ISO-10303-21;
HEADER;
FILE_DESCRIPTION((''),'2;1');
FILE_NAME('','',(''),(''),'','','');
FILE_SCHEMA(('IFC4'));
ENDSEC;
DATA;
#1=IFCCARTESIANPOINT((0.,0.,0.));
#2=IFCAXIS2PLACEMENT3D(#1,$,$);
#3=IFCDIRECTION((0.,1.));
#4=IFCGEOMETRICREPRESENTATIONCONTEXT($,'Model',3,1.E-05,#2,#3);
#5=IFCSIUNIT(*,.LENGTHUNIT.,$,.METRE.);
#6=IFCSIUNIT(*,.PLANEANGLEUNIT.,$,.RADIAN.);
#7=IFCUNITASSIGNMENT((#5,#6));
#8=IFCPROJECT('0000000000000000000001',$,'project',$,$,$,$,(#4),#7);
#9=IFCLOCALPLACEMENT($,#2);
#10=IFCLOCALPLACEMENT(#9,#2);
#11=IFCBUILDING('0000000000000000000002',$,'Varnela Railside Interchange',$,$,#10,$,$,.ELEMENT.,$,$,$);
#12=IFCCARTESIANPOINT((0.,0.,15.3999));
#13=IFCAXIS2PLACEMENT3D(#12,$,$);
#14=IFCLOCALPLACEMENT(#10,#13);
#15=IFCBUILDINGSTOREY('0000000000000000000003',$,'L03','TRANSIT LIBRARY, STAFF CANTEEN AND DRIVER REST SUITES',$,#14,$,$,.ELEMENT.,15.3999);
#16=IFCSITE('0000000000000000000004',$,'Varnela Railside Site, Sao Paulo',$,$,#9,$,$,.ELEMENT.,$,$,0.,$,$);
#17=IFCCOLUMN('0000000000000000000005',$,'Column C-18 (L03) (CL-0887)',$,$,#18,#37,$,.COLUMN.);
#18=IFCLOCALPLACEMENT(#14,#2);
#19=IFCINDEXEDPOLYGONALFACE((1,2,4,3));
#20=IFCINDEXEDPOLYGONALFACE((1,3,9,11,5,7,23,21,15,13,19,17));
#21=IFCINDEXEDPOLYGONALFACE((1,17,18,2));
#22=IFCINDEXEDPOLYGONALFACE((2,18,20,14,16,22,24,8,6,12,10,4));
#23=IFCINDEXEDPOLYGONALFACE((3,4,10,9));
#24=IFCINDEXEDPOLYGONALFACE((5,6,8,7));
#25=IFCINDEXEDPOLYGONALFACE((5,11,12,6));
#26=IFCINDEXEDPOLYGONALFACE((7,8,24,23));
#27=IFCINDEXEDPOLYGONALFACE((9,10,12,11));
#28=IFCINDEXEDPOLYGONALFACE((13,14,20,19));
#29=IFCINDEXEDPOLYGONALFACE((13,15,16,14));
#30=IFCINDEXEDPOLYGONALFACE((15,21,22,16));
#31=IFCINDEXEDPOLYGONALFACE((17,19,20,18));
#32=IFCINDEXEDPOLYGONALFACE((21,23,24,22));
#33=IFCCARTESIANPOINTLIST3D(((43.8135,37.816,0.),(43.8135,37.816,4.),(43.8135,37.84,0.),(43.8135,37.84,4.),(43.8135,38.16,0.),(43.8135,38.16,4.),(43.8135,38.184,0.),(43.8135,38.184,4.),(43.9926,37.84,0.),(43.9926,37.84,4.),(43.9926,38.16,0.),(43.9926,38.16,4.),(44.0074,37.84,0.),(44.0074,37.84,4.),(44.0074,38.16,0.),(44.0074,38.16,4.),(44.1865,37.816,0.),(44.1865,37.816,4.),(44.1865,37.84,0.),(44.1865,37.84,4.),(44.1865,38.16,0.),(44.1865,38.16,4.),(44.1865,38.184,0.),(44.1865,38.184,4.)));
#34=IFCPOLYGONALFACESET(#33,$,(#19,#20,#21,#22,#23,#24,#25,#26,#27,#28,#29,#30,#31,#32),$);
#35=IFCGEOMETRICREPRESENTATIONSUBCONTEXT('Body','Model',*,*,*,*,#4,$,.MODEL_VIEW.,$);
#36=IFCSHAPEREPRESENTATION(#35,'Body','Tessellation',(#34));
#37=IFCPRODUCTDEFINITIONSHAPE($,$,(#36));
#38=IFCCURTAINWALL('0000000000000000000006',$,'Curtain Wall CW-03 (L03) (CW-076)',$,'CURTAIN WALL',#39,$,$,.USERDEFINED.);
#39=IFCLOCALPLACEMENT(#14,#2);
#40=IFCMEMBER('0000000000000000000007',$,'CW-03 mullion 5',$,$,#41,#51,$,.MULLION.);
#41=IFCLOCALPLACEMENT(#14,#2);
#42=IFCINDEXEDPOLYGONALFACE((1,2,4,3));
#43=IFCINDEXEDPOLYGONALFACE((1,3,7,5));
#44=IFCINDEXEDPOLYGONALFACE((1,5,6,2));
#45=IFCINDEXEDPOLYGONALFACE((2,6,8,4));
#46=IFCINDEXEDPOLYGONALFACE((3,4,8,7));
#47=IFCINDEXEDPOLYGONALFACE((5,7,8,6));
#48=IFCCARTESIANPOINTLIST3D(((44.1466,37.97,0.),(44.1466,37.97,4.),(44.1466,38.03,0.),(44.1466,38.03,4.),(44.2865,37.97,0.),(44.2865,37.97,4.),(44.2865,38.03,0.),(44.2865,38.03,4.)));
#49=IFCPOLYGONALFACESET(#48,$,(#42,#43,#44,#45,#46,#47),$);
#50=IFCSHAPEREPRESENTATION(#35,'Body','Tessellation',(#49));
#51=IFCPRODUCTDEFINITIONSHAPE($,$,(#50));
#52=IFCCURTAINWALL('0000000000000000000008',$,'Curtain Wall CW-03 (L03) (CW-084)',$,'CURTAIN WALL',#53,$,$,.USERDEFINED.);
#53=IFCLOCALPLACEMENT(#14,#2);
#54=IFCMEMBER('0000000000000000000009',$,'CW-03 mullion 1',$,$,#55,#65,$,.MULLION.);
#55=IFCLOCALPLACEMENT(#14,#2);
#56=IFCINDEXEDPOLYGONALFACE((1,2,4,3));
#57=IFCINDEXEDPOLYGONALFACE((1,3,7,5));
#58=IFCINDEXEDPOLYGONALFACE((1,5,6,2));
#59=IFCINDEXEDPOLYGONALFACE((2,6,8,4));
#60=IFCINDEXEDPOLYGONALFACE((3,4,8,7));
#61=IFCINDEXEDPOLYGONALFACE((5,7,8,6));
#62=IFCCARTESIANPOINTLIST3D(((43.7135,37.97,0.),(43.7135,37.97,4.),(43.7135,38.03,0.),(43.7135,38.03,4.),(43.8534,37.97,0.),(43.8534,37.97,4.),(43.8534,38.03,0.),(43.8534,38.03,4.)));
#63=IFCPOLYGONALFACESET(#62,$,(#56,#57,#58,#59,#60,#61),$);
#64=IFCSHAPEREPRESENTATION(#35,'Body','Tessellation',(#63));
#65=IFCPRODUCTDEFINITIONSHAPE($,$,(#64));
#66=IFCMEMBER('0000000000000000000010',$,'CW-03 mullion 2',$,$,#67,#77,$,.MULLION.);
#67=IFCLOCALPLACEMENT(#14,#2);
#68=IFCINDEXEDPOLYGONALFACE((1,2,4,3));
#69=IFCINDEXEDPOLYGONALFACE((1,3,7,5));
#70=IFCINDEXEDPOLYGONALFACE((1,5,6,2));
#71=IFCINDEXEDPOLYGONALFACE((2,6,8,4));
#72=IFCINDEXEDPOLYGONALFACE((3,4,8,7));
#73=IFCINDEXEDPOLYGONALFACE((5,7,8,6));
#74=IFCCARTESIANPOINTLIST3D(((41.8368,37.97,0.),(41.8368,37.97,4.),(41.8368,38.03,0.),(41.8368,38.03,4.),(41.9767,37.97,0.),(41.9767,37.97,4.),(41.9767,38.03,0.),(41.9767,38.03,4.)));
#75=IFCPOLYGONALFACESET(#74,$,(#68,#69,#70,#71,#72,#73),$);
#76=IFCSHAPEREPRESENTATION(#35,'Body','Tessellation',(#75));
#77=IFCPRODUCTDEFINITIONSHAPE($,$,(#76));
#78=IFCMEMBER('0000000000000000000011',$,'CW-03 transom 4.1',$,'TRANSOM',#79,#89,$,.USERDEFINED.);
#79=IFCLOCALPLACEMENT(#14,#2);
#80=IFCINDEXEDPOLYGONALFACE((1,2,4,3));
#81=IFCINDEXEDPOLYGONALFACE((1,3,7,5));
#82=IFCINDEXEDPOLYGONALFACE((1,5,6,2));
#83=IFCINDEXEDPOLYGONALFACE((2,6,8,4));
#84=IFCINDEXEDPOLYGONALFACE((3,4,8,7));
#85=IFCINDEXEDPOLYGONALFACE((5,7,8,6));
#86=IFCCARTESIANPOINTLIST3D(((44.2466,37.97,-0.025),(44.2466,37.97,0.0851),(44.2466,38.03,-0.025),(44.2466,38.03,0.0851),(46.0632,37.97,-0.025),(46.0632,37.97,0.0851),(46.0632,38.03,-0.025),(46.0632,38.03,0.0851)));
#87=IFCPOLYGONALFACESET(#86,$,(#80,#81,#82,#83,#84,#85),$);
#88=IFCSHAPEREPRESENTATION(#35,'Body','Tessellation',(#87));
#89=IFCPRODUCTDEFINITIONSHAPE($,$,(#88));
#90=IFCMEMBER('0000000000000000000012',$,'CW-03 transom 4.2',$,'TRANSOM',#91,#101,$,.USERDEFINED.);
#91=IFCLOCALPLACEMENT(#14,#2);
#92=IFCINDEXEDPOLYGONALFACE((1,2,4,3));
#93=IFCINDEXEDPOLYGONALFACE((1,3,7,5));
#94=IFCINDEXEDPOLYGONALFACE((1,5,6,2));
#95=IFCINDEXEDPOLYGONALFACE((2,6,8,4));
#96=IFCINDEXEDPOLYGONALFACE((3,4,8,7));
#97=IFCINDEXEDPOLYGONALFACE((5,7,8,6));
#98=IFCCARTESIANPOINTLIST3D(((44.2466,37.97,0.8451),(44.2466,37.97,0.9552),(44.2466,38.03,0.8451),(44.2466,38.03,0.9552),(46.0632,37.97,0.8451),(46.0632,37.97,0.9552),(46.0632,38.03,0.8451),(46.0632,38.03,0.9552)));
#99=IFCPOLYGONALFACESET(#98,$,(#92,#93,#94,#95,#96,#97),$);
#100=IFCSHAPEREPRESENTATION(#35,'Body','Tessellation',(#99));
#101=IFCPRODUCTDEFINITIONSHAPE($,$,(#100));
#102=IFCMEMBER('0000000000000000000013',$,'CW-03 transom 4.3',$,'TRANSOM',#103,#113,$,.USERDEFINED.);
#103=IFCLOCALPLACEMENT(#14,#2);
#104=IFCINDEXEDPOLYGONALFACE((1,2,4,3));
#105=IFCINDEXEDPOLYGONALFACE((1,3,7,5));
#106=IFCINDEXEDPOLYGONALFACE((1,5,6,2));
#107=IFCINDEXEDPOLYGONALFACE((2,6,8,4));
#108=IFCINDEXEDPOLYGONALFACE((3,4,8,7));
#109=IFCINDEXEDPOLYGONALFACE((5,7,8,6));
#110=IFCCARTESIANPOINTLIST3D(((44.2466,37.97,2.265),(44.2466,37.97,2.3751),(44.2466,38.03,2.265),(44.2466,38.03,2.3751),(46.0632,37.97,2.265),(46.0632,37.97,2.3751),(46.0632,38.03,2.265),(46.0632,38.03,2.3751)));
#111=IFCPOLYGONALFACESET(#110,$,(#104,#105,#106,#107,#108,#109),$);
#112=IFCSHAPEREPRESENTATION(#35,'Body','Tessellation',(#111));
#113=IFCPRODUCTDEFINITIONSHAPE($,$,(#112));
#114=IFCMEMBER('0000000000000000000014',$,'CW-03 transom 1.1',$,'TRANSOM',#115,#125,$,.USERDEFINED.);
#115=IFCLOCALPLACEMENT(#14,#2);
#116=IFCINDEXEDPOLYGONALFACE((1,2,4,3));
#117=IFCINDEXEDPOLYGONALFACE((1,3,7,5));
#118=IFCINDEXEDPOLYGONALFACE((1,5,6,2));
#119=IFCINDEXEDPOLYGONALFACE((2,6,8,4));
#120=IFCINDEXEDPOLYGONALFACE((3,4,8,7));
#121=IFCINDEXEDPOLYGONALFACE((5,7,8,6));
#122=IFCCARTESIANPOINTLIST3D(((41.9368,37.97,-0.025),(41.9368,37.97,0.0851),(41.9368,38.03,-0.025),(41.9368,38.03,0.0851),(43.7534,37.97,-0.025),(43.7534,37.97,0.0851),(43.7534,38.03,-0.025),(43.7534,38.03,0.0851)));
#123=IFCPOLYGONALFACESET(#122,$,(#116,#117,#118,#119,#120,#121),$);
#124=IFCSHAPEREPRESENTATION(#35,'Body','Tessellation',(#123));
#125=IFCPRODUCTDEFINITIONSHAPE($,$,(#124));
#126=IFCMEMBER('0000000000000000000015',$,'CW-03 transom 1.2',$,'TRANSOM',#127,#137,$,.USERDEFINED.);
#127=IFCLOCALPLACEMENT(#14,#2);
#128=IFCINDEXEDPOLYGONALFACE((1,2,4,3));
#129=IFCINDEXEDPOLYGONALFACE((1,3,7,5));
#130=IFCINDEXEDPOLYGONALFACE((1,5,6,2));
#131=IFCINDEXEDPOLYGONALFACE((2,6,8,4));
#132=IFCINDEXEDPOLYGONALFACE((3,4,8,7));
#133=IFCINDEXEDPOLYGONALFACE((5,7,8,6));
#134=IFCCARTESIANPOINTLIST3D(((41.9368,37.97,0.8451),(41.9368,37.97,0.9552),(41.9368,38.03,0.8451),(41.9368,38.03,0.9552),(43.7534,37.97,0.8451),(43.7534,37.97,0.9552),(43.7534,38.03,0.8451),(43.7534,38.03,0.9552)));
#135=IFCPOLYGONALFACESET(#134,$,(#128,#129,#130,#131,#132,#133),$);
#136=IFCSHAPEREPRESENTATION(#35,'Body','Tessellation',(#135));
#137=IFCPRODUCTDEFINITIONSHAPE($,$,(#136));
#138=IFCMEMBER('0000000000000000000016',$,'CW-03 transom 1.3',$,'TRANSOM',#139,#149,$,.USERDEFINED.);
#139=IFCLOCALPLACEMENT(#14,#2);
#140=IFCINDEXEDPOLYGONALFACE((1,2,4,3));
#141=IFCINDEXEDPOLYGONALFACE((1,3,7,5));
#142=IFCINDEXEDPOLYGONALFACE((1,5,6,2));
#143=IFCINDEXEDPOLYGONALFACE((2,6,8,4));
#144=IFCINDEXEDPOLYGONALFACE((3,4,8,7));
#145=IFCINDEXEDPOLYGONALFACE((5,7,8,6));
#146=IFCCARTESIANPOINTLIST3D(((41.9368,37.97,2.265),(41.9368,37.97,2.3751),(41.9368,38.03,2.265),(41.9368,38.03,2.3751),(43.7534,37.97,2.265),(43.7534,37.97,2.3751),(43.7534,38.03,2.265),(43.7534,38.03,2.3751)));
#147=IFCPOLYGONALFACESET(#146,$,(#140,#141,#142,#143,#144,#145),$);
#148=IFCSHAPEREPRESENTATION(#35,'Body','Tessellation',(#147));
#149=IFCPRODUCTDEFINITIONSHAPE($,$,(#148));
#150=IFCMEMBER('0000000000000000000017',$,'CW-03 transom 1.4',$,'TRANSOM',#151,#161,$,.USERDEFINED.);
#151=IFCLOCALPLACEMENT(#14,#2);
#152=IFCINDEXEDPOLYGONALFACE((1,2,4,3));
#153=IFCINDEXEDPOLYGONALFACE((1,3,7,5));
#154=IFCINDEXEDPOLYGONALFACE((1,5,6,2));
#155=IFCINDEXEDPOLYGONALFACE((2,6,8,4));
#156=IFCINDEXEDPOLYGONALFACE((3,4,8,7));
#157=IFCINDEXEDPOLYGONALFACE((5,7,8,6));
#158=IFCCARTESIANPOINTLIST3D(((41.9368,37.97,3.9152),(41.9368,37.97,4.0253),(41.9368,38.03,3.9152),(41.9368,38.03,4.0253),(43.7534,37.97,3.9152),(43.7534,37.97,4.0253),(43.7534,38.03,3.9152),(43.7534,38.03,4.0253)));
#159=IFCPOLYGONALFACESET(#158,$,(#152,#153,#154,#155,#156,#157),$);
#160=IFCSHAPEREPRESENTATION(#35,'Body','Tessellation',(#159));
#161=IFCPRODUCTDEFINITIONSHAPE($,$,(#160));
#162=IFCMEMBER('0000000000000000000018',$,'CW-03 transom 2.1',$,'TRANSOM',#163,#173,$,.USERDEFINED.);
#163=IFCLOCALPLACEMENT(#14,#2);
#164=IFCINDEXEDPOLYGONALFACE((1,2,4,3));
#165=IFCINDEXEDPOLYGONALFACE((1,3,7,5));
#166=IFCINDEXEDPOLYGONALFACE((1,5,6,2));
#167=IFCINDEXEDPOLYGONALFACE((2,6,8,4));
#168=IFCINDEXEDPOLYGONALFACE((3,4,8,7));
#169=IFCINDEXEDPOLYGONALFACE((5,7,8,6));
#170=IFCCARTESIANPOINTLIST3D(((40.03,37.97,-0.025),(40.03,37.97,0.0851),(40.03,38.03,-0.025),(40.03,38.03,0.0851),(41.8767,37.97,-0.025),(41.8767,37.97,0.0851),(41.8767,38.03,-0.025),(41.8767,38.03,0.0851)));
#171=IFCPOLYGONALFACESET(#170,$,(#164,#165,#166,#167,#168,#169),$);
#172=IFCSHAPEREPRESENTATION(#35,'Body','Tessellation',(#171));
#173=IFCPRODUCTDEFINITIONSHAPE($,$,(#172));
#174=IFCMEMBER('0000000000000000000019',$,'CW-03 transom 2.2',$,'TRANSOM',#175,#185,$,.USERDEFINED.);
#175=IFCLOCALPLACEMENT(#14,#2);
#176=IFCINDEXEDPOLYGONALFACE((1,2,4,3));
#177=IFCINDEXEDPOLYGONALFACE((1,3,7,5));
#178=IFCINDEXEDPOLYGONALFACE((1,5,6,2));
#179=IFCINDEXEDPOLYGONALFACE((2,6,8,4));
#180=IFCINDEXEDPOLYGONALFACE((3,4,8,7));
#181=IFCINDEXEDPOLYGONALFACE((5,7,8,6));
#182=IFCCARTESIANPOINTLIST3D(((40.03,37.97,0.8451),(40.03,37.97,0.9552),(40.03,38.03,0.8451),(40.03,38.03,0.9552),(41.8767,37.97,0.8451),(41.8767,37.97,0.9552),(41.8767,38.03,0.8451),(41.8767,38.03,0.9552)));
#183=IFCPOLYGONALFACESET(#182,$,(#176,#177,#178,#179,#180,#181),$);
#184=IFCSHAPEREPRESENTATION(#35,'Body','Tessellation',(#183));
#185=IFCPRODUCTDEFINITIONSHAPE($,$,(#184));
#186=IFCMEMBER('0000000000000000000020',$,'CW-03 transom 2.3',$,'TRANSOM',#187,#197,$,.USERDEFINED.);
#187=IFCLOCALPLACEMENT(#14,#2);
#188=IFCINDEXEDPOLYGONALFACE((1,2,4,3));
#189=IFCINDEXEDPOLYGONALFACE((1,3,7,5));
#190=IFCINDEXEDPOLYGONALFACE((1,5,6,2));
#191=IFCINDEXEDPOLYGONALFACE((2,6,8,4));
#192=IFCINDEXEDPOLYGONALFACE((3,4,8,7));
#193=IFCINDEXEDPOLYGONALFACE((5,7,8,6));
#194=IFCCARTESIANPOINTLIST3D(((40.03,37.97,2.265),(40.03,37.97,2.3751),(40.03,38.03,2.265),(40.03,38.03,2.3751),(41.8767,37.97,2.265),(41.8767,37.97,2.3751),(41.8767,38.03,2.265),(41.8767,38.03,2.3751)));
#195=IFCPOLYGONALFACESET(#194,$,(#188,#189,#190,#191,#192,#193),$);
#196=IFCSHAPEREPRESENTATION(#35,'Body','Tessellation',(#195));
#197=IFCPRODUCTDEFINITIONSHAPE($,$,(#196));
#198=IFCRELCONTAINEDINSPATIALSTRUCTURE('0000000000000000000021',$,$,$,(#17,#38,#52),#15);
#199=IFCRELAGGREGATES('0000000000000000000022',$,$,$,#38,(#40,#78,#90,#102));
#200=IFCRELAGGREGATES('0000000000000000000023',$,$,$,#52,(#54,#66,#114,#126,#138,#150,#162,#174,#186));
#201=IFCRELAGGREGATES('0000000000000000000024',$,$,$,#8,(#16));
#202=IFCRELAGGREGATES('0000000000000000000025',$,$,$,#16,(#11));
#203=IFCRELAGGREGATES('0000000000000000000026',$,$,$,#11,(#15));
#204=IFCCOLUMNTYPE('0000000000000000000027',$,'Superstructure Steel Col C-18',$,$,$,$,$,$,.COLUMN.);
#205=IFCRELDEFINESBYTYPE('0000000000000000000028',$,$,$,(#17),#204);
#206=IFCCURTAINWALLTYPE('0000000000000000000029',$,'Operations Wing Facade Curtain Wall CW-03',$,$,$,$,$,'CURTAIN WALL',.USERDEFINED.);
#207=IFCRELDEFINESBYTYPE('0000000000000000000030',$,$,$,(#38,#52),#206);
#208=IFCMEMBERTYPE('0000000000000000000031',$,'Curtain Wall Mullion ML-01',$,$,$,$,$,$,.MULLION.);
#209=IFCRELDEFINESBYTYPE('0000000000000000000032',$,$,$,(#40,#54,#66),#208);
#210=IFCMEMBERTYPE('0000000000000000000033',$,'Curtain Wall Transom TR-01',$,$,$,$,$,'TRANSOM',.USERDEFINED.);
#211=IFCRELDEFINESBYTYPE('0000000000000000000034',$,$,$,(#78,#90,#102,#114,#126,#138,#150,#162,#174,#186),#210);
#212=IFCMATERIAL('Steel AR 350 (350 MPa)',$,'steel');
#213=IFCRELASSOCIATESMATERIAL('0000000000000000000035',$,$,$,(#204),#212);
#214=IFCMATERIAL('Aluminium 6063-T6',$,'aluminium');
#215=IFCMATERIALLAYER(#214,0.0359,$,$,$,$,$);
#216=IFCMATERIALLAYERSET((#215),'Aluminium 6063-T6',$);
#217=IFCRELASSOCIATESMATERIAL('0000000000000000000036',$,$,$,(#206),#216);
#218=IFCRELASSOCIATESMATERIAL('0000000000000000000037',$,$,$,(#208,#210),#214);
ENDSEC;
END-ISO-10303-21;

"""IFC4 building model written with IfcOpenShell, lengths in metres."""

from ifc_helpers import new_model, si_unit, direction, frame, origin, origin_2d, place, context, subcontext, project, spatial, rectangle, i_section, extrude, material, layer, layer_set, material_profile, profile_set, type_object, element, aggregate, save


model = new_model("IFC4")

# Units and contexts
model_context = context("Model", 3, precision=1e-05, world=origin(), true_north=direction((0.0, 1.0)))
body_context = subcontext(model_context, "Body", "Model", "MODEL_VIEW")
ifc_project = project(units=[si_unit("LENGTHUNIT", "METRE"), si_unit("PLANEANGLEUNIT", "RADIAN")], contexts=[model_context])

# Site, building, storey
site_placement = place(None, origin())
site = spatial("IfcSite", under=ifc_project, at=site_placement, Name="Varnela Railside Site, Sao Paulo", CompositionType="ELEMENT", RefElevation=0.0)
building_placement = place(site_placement, origin())
building = spatial("IfcBuilding", under=site, at=building_placement, Name="Varnela Railside Interchange", CompositionType="ELEMENT")
storey_placement = place(building_placement, frame((0.0, 0.0, 15.3999)))
storey = spatial("IfcBuildingStorey", under=building, at=storey_placement, Name="L03", Description="TRANSIT LIBRARY, STAFF CANTEEN AND DRIVER REST SUITES", CompositionType="ELEMENT", Elevation=15.3999)

# Column
ifc_material_1 = material(Name="Steel AR 350 (350 MPa)", Category="steel")
ifc_material_profile_1 = material_profile(ifc_material_1, i_section(OverallWidth=0.373, OverallDepth=0.3679, WebThickness=0.0149, FlangeThickness=0.0239, at=origin_2d()), Name="W360x179")
ifc_profile_set_1 = profile_set([ifc_material_profile_1], Name="Steel AR 350 (350 MPa)")
column_type = type_object("IfcColumnType", Name="Superstructure Steel Col C-18", PredefinedType="COLUMN", material=ifc_profile_set_1)
column_placement = place(storey_placement, frame((44.0, 38.0, 0.0), z_axis=(0.0, 0.0, 1.0), x_axis=(1.0, 0.0, 0.0)))
element("IfcColumn", 1, at=column_placement, inside=storey, type_object=column_type, Name="Column C-18 (L03) (CL-0887)", PredefinedType="COLUMN", context=body_context, shape_type="SweptSolid", body=[
    extrude(i_section(OverallWidth=0.373, OverallDepth=0.3679, WebThickness=0.0149, FlangeThickness=0.0239, at=origin_2d()), origin(), (0.0, 0.0, 1.0), 4.0),
])

# Curtain wall, member
ifc_material_2 = material(Name="Aluminium 6063-T6", Category="aluminium")
ifc_layer_1 = layer(ifc_material_2, 0.0359)
ifc_layer_set_1 = layer_set([ifc_layer_1], Name="Aluminium 6063-T6")
curtain_wall_type = type_object("IfcCurtainWallType", Name="Operations Wing Facade Curtain Wall CW-03", ElementType="CURTAIN WALL", PredefinedType="USERDEFINED", material=ifc_layer_set_1)
curtain_wall_1_placement = place(storey_placement, origin())
curtain_wall_1 = element("IfcCurtainWall", 2, at=curtain_wall_1_placement, inside=storey, type_object=curtain_wall_type, Name="Curtain Wall CW-03 (L03) (CW-076)", ObjectType="CURTAIN WALL", PredefinedType="USERDEFINED")
ifc_material_profile_2 = material_profile(ifc_material_2, rectangle(XDim=0.0601, YDim=0.1399, at=origin_2d()), Name="ALU 60x140")
ifc_profile_set_2 = profile_set([ifc_material_profile_2], Name="Aluminium 6063-T6")
member_type_1 = type_object("IfcMemberType", Name="Curtain Wall Mullion ML-01", PredefinedType="MULLION", material=ifc_profile_set_2)
member_1_placement = place(storey_placement, frame((44.2166, 38.0, 0.0), z_axis=(0.0, 0.0, 1.0), x_axis=(0.0, -1.0, 0.0)))
member_1 = element("IfcMember", 3, at=member_1_placement, type_object=member_type_1, Name="CW-03 mullion 5", PredefinedType="MULLION", context=body_context, shape_type="SweptSolid", body=[
    extrude(rectangle(XDim=0.0601, YDim=0.1399, at=origin_2d()), origin(), (0.0, 0.0, 1.0), 4.0),
])

# Curtain wall, members
curtain_wall_2_placement = place(storey_placement, origin())
curtain_wall_2 = element("IfcCurtainWall", 4, at=curtain_wall_2_placement, inside=storey, type_object=curtain_wall_type, Name="Curtain Wall CW-03 (L03) (CW-084)", ObjectType="CURTAIN WALL", PredefinedType="USERDEFINED")
member_2_placement = place(storey_placement, frame((43.7834, 38.0, 0.0), z_axis=(0.0, 0.0, 1.0), x_axis=(0.0, -1.0, 0.0)))
member_2 = element("IfcMember", 5, at=member_2_placement, type_object=member_type_1, Name="CW-03 mullion 1", PredefinedType="MULLION", context=body_context, shape_type="SweptSolid", body=[
    extrude(rectangle(XDim=0.0601, YDim=0.1399, at=origin_2d()), origin(), (0.0, 0.0, 1.0), 4.0),
])
member_3_placement = place(storey_placement, frame((41.9067, 38.0, 0.0), z_axis=(0.0, 0.0, 1.0), x_axis=(0.0, -1.0, 0.0)))
member_3 = element("IfcMember", 6, at=member_3_placement, type_object=member_type_1, Name="CW-03 mullion 2", PredefinedType="MULLION", context=body_context, shape_type="SweptSolid", body=[
    extrude(rectangle(XDim=0.0601, YDim=0.1399, at=origin_2d()), origin(), (0.0, 0.0, 1.0), 4.0),
])

# Members
ifc_material_profile_3 = material_profile(ifc_material_2, rectangle(XDim=0.0601, YDim=0.1101, at=origin_2d()), Name="ALU 60x110")
ifc_profile_set_3 = profile_set([ifc_material_profile_3], Name="Aluminium 6063-T6")
member_type_2 = type_object("IfcMemberType", Name="Curtain Wall Transom TR-01", ElementType="TRANSOM", PredefinedType="USERDEFINED", material=ifc_profile_set_3)
member_4_placement = place(storey_placement, frame((46.0632, 38.0, 0.03), z_axis=(-1.0, 0.0, 0.0), x_axis=(0.0, -1.0, 0.0)))
member_4 = element("IfcMember", 7, at=member_4_placement, type_object=member_type_2, Name="CW-03 transom 4.1", ObjectType="TRANSOM", PredefinedType="USERDEFINED", context=body_context, shape_type="SweptSolid", body=[
    extrude(rectangle(XDim=0.0601, YDim=0.1101, at=origin_2d()), origin(), (0.0, 0.0, 1.0), 1.8167),
])
member_5_placement = place(storey_placement, frame((46.0632, 38.0, 0.9001), z_axis=(-1.0, 0.0, 0.0), x_axis=(0.0, -1.0, 0.0)))
member_5 = element("IfcMember", 8, at=member_5_placement, type_object=member_type_2, Name="CW-03 transom 4.2", ObjectType="TRANSOM", PredefinedType="USERDEFINED", context=body_context, shape_type="SweptSolid", body=[
    extrude(rectangle(XDim=0.0601, YDim=0.1101, at=origin_2d()), origin(), (0.0, 0.0, 1.0), 1.8167),
])
member_6_placement = place(storey_placement, frame((46.0632, 38.0, 2.3201), z_axis=(-1.0, 0.0, 0.0), x_axis=(0.0, -1.0, 0.0)))
member_6 = element("IfcMember", 9, at=member_6_placement, type_object=member_type_2, Name="CW-03 transom 4.3", ObjectType="TRANSOM", PredefinedType="USERDEFINED", context=body_context, shape_type="SweptSolid", body=[
    extrude(rectangle(XDim=0.0601, YDim=0.1101, at=origin_2d()), origin(), (0.0, 0.0, 1.0), 1.8167),
])
member_7_placement = place(storey_placement, frame((43.7534, 38.0, 0.03), z_axis=(-1.0, 0.0, 0.0), x_axis=(0.0, -1.0, 0.0)))
member_7 = element("IfcMember", 10, at=member_7_placement, type_object=member_type_2, Name="CW-03 transom 1.1", ObjectType="TRANSOM", PredefinedType="USERDEFINED", context=body_context, shape_type="SweptSolid", body=[
    extrude(rectangle(XDim=0.0601, YDim=0.1101, at=origin_2d()), origin(), (0.0, 0.0, 1.0), 1.8167),
])
member_8_placement = place(storey_placement, frame((43.7534, 38.0, 0.9001), z_axis=(-1.0, 0.0, 0.0), x_axis=(0.0, -1.0, 0.0)))
member_8 = element("IfcMember", 11, at=member_8_placement, type_object=member_type_2, Name="CW-03 transom 1.2", ObjectType="TRANSOM", PredefinedType="USERDEFINED", context=body_context, shape_type="SweptSolid", body=[
    extrude(rectangle(XDim=0.0601, YDim=0.1101, at=origin_2d()), origin(), (0.0, 0.0, 1.0), 1.8167),
])
member_9_placement = place(storey_placement, frame((43.7534, 38.0, 2.3201), z_axis=(-1.0, 0.0, 0.0), x_axis=(0.0, -1.0, 0.0)))
member_9 = element("IfcMember", 12, at=member_9_placement, type_object=member_type_2, Name="CW-03 transom 1.3", ObjectType="TRANSOM", PredefinedType="USERDEFINED", context=body_context, shape_type="SweptSolid", body=[
    extrude(rectangle(XDim=0.0601, YDim=0.1101, at=origin_2d()), origin(), (0.0, 0.0, 1.0), 1.8167),
])
member_10_placement = place(storey_placement, frame((43.7534, 38.0, 3.9702), z_axis=(-1.0, 0.0, 0.0), x_axis=(0.0, -1.0, 0.0)))
member_10 = element("IfcMember", 13, at=member_10_placement, type_object=member_type_2, Name="CW-03 transom 1.4", ObjectType="TRANSOM", PredefinedType="USERDEFINED", context=body_context, shape_type="SweptSolid", body=[
    extrude(rectangle(XDim=0.0601, YDim=0.1101, at=origin_2d()), origin(), (0.0, 0.0, 1.0), 1.8167),
])
member_11_placement = place(storey_placement, frame((41.8767, 38.0, 0.03), z_axis=(-1.0, 0.0, 0.0), x_axis=(0.0, -1.0, 0.0)))
member_11 = element("IfcMember", 14, at=member_11_placement, type_object=member_type_2, Name="CW-03 transom 2.1", ObjectType="TRANSOM", PredefinedType="USERDEFINED", context=body_context, shape_type="SweptSolid", body=[
    extrude(rectangle(XDim=0.0601, YDim=0.1101, at=origin_2d()), origin(), (0.0, 0.0, 1.0), 1.8467),
])
member_12_placement = place(storey_placement, frame((41.8767, 38.0, 0.9001), z_axis=(-1.0, 0.0, 0.0), x_axis=(0.0, -1.0, 0.0)))
member_12 = element("IfcMember", 15, at=member_12_placement, type_object=member_type_2, Name="CW-03 transom 2.2", ObjectType="TRANSOM", PredefinedType="USERDEFINED", context=body_context, shape_type="SweptSolid", body=[
    extrude(rectangle(XDim=0.0601, YDim=0.1101, at=origin_2d()), origin(), (0.0, 0.0, 1.0), 1.8467),
])
member_13_placement = place(storey_placement, frame((41.8767, 38.0, 2.3201), z_axis=(-1.0, 0.0, 0.0), x_axis=(0.0, -1.0, 0.0)))
member_13 = element("IfcMember", 16, at=member_13_placement, type_object=member_type_2, Name="CW-03 transom 2.3", ObjectType="TRANSOM", PredefinedType="USERDEFINED", context=body_context, shape_type="SweptSolid", body=[
    extrude(rectangle(XDim=0.0601, YDim=0.1101, at=origin_2d()), origin(), (0.0, 0.0, 1.0), 1.8467),
])

aggregate(curtain_wall_1, [member_1, member_4, member_5, member_6])
aggregate(curtain_wall_2, [member_2, member_3, member_7, member_8, member_9, member_10, member_11, member_12, member_13])

save(model, "model.ifc")
